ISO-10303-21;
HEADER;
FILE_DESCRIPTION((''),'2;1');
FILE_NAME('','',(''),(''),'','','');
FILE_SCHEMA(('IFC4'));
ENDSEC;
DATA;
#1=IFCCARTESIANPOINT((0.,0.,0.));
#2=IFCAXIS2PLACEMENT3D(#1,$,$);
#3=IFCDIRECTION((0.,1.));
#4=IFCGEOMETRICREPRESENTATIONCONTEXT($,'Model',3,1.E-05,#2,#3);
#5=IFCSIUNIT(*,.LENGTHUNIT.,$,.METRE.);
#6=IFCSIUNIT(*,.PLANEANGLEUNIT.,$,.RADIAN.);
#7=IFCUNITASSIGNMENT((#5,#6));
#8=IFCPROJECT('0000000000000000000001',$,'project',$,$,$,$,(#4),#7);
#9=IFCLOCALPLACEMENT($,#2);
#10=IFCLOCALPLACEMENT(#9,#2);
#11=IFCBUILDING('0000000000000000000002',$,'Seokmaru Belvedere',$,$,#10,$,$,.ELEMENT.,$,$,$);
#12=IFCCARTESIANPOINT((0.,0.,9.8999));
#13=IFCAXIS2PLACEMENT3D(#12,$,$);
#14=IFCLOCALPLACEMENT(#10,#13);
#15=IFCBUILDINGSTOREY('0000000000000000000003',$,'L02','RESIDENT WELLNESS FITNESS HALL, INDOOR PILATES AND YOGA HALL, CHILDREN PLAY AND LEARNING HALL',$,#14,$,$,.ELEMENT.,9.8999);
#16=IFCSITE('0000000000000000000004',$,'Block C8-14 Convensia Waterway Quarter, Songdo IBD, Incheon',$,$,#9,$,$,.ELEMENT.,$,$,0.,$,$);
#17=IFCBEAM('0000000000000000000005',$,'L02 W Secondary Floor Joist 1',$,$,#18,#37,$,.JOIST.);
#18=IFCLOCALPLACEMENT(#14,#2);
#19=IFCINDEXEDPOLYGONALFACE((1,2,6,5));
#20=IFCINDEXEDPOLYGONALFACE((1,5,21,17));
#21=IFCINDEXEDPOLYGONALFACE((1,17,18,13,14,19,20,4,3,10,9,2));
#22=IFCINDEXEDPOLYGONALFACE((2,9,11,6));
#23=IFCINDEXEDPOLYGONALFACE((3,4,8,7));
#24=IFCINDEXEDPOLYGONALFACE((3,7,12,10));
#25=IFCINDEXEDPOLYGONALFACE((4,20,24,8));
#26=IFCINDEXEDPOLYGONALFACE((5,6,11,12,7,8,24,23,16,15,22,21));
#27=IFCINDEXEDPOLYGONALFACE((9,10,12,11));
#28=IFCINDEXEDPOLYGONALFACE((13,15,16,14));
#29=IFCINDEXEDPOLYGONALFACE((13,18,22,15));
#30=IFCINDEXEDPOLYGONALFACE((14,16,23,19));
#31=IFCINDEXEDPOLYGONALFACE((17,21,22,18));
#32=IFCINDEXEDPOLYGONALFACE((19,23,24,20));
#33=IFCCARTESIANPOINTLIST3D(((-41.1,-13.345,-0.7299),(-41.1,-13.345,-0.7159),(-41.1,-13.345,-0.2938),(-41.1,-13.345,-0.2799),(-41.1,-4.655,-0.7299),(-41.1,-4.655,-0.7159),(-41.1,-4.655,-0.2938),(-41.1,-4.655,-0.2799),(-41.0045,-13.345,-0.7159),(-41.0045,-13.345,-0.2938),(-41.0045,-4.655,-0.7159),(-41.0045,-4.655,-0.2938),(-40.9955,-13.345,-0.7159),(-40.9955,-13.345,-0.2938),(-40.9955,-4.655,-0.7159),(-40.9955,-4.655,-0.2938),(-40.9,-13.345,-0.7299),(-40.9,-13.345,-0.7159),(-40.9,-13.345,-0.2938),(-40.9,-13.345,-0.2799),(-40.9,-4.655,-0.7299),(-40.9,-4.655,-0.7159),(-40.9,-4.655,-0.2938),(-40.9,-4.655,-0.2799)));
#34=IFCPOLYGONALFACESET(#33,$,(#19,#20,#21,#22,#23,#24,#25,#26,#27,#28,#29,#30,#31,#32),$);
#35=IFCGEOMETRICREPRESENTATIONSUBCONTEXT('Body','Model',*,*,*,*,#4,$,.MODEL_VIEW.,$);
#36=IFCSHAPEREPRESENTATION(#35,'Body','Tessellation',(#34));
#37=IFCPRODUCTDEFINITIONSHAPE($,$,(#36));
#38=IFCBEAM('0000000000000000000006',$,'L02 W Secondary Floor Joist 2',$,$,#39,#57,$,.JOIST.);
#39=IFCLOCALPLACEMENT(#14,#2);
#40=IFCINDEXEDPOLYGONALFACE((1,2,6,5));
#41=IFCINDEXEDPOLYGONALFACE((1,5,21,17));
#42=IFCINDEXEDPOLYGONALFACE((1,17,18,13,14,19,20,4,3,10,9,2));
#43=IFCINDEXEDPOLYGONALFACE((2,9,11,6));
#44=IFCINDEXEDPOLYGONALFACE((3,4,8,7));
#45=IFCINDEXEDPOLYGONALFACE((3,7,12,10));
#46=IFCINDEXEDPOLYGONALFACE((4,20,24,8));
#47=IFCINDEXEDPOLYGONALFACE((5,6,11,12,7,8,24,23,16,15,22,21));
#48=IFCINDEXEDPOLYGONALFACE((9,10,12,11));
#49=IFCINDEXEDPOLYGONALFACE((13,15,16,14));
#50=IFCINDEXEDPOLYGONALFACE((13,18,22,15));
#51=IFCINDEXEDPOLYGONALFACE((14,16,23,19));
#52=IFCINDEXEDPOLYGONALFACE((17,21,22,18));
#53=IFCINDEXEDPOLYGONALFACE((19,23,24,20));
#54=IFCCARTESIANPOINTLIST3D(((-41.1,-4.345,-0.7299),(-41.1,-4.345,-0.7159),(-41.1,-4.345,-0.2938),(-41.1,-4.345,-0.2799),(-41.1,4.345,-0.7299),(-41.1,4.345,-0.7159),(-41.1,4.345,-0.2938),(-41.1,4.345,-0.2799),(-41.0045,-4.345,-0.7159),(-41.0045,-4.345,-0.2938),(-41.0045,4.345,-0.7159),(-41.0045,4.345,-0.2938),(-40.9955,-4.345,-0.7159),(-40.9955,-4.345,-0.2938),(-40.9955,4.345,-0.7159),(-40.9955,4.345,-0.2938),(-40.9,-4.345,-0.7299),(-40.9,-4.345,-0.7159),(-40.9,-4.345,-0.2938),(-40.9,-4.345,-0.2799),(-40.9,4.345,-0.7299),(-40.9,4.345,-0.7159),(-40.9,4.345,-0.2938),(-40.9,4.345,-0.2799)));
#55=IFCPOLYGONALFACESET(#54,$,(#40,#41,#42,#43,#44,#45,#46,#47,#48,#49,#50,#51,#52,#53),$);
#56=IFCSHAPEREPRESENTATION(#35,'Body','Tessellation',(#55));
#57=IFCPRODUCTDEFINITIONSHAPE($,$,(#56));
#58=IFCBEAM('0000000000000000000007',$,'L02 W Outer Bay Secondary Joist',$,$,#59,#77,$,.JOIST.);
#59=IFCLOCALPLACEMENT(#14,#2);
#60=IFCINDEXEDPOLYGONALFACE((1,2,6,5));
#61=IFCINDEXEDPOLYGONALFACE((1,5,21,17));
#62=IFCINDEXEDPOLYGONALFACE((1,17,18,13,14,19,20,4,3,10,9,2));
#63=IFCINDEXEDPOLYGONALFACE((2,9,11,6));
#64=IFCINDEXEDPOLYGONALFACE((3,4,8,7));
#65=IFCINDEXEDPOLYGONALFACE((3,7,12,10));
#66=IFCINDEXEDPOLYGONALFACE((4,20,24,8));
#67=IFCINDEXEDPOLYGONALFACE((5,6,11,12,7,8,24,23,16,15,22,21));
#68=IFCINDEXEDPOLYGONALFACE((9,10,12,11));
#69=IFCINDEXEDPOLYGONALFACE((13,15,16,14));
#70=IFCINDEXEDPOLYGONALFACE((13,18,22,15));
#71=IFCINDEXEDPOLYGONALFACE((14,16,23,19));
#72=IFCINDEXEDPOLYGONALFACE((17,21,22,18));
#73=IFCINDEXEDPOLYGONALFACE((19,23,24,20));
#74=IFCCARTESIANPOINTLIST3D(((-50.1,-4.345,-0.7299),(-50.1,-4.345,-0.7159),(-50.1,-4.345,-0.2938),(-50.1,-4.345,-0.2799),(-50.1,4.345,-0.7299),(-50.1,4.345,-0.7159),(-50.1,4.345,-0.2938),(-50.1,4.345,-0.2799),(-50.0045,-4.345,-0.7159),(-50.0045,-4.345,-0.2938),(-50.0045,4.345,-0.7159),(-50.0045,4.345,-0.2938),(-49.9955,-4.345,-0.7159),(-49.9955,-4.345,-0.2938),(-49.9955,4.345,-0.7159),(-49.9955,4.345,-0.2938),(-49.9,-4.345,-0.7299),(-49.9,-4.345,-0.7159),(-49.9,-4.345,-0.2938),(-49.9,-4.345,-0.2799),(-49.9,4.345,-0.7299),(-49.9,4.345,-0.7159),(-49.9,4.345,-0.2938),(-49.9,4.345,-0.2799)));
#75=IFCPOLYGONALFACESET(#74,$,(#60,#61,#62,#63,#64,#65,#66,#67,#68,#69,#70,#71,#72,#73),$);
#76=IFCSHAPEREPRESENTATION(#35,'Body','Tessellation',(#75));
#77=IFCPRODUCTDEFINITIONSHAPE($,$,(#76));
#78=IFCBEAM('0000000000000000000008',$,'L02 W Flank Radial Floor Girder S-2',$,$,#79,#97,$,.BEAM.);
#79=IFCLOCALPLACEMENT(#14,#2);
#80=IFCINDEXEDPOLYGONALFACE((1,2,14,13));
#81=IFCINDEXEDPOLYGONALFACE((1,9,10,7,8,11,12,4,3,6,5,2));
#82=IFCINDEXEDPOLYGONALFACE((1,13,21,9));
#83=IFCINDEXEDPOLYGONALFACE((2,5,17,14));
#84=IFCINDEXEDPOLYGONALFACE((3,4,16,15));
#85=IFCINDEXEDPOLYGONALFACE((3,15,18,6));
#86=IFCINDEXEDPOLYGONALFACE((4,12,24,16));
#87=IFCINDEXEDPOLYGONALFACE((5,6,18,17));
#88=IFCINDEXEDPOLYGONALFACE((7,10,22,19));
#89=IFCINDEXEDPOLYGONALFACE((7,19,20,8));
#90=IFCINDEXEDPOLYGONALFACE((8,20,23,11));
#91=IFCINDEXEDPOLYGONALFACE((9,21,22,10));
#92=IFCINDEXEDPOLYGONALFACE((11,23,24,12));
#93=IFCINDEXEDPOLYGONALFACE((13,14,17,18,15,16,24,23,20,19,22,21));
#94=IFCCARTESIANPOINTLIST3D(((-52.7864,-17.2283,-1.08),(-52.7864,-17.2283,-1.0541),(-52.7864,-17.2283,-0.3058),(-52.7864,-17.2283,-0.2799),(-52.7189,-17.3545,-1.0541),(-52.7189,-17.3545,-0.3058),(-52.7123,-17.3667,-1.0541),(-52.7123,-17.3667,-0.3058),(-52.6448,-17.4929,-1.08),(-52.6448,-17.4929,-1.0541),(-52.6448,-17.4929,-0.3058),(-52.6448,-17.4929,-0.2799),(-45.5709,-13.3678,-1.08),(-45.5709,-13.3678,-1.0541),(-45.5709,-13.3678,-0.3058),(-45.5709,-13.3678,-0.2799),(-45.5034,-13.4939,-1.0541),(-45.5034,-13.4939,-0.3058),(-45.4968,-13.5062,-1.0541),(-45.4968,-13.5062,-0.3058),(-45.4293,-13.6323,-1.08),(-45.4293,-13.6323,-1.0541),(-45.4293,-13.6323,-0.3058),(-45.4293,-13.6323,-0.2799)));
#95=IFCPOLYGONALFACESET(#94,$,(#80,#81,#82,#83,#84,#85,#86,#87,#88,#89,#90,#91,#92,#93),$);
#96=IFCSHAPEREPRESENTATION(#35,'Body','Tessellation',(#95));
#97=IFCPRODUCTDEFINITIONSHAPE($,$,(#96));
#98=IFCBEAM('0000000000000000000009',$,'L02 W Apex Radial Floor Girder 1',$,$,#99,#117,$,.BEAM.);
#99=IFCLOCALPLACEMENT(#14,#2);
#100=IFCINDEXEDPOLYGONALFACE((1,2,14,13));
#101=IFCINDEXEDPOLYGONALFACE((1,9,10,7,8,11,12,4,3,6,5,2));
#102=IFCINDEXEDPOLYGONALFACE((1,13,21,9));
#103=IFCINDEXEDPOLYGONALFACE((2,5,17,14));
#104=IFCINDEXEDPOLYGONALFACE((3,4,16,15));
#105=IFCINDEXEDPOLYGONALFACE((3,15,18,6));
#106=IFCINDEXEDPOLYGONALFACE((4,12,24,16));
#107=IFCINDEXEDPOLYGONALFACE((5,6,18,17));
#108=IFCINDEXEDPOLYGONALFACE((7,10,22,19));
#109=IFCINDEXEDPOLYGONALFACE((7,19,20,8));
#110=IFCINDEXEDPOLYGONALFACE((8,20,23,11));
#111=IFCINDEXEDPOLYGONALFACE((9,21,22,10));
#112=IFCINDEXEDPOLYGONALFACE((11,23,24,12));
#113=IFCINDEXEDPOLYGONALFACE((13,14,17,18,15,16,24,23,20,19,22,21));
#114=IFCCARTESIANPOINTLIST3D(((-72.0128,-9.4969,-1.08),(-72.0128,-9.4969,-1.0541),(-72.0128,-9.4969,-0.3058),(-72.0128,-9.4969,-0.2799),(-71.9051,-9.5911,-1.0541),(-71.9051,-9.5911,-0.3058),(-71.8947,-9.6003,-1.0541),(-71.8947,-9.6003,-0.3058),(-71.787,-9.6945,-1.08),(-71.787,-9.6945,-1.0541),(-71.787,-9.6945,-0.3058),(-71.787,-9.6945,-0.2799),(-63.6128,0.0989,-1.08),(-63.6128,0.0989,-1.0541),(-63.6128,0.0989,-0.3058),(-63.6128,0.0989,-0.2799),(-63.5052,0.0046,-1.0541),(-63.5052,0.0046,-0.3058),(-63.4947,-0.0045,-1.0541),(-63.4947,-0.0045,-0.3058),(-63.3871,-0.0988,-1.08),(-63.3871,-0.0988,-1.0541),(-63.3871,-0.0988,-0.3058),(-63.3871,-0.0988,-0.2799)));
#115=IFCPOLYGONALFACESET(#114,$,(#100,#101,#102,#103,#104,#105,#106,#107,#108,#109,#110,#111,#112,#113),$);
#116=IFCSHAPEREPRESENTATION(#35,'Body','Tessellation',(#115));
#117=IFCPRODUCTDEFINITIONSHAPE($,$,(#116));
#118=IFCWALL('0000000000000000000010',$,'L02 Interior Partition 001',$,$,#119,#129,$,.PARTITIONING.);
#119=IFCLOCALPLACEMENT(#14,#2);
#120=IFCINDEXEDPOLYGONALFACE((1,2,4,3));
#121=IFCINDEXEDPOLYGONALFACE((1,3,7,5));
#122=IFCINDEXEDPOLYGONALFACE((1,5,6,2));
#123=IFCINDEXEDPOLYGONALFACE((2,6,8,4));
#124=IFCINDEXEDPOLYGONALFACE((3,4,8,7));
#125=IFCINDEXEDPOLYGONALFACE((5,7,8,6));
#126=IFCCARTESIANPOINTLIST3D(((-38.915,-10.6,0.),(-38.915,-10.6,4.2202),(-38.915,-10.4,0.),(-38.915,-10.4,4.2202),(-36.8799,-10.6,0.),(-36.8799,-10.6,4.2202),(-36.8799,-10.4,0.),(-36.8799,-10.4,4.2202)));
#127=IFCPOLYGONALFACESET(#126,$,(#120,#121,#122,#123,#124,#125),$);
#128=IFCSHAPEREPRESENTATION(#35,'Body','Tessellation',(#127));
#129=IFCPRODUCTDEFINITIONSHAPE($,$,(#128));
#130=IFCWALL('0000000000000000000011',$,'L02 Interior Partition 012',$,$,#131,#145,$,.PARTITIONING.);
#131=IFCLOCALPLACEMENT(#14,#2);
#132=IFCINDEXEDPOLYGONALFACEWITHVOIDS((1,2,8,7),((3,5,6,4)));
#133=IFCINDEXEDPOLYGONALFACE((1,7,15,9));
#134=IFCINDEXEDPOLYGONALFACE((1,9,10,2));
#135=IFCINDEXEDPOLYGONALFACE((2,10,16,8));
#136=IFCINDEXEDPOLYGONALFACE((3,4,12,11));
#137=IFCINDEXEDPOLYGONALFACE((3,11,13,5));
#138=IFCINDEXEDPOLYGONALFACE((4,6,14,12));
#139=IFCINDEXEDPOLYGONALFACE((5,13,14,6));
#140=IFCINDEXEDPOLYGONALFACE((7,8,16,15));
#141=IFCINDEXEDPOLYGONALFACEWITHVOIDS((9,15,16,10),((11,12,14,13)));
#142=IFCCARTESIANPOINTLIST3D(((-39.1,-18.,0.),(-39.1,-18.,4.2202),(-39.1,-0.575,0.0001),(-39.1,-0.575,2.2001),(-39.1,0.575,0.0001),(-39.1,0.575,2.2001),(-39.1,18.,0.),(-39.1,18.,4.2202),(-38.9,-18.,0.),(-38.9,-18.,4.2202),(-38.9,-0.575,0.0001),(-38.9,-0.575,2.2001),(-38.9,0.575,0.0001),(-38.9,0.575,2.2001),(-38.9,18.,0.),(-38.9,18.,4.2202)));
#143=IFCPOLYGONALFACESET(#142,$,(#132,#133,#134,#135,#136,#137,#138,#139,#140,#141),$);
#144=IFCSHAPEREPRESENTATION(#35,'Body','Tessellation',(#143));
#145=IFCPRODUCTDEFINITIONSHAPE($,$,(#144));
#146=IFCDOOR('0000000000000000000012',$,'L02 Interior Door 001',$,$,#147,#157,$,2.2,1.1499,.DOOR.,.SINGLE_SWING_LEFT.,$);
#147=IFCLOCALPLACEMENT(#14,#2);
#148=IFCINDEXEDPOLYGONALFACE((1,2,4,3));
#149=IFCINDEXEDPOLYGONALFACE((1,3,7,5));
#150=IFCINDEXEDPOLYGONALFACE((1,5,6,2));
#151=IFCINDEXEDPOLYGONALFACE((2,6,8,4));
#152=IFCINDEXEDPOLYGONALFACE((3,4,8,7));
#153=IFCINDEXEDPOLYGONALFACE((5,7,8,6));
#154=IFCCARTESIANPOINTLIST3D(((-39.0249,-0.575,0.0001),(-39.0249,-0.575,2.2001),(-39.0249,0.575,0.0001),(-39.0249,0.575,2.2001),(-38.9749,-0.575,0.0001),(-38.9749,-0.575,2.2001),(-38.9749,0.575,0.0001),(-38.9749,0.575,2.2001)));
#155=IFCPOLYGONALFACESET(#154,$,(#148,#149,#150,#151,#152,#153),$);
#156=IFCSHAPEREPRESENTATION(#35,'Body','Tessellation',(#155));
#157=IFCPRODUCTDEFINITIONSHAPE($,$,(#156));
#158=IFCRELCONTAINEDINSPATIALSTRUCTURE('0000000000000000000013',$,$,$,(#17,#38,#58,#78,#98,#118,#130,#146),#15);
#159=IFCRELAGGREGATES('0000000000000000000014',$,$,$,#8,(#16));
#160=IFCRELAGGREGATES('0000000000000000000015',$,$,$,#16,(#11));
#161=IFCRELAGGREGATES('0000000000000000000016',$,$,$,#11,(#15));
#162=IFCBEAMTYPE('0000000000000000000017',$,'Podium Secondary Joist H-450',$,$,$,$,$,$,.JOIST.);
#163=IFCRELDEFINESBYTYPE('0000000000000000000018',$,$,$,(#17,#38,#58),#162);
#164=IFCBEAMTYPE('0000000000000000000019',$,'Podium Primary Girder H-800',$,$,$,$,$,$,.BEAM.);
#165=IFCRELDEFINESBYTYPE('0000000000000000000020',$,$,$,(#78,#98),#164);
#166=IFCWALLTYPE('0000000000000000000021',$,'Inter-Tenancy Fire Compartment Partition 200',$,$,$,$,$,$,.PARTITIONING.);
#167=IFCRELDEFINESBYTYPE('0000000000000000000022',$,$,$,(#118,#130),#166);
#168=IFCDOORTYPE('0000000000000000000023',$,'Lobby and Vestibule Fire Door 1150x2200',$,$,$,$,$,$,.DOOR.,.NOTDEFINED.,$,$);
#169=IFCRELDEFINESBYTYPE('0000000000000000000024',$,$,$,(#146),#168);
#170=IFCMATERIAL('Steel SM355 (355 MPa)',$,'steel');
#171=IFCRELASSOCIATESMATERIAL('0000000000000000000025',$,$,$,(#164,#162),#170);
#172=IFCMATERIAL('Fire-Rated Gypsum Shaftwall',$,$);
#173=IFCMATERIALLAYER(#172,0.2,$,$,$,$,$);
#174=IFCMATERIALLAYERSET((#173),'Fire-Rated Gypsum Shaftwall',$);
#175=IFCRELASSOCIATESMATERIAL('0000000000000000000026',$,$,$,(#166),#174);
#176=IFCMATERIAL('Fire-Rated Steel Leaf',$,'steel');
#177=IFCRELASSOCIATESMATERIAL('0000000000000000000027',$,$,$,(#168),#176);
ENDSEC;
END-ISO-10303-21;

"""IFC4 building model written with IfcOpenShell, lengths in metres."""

from ifc_helpers import new_model, si_unit, direction, frame, frame_2d, origin, origin_2d, place, context, subcontext, project, spatial, rectangle, i_section, extrude, source, transform, mapped, material, layer, layer_set, material_profile, profile_set, type_object, type_shapes, element, fill, save


model = new_model("IFC4")

# Units and contexts
model_context = context("Model", 3, precision=1e-05, world=origin(), true_north=direction((0.0, 1.0)))
body_context = subcontext(model_context, "Body", "Model", "MODEL_VIEW")
ifc_project = project(units=[si_unit("LENGTHUNIT", "METRE"), si_unit("PLANEANGLEUNIT", "RADIAN")], contexts=[model_context])

# Site, building, storey
site_placement = place(None, origin())
site = spatial("IfcSite", under=ifc_project, at=site_placement, Name="Block C8-14 Convensia Waterway Quarter, Songdo IBD, Incheon", CompositionType="ELEMENT", RefElevation=0.0)
building_placement = place(site_placement, origin())
building = spatial("IfcBuilding", under=site, at=building_placement, Name="Seokmaru Belvedere", CompositionType="ELEMENT")
storey_placement = place(building_placement, frame((0.0, 0.0, 9.8999)))
storey = spatial("IfcBuildingStorey", under=building, at=storey_placement, Name="L02", Description="RESIDENT WELLNESS FITNESS HALL, INDOOR PILATES AND YOGA HALL, CHILDREN PLAY AND LEARNING HALL", CompositionType="ELEMENT", Elevation=9.8999)

# Shared definitions
ifc_material_1 = material(Name="Steel SM355 (355 MPa)", Category="steel")

# Beams
ifc_material_profile_1 = material_profile(ifc_material_1, i_section(OverallWidth=0.3, OverallDepth=0.8, WebThickness=0.0139, FlangeThickness=0.0259, at=origin_2d()), Name="H-800x300x14x26")
ifc_profile_set_1 = profile_set([ifc_material_profile_1], Name="Steel SM355 (355 MPa)")
beam_type_1 = type_object("IfcBeamType", Name="Podium Primary Girder H-800", PredefinedType="BEAM", material=ifc_profile_set_1)
ifc_material_profile_2 = material_profile(ifc_material_1, i_section(OverallWidth=0.2, OverallDepth=0.45, WebThickness=0.009, FlangeThickness=0.0139, at=origin_2d()), Name="H-450x200x9x14")
ifc_profile_set_2 = profile_set([ifc_material_profile_2], Name="Steel SM355 (355 MPa)")
beam_type_2 = type_object("IfcBeamType", Name="Podium Secondary Joist H-450", PredefinedType="JOIST", material=ifc_profile_set_2)
shared_shape_1 = source(origin(), body_context, "Body", "SweptSolid", [
    extrude(i_section(OverallWidth=0.2, OverallDepth=0.45, WebThickness=0.009, FlangeThickness=0.0139, at=origin_2d()), origin(), (0.0, 0.0, 1.0), 8.6899),
])
type_shapes(beam_type_2, [shared_shape_1])
for number, where, z_axis, x_axis, name in (
    (1, (-41.0, -13.345, -0.5049), (0.0, 1.0, 0.0), (-1.0, 0.0, 0.0), "L02 W Secondary Floor Joist 1"),
    (2, (-41.0, -4.345, -0.5049), (0.0, 1.0, 0.0), (-1.0, 0.0, 0.0), "L02 W Secondary Floor Joist 2"),
    (3, (-50.0, -4.345, -0.5049), (0.0, 1.0, 0.0), (-1.0, 0.0, 0.0), "L02 W Outer Bay Secondary Joist"),
):
    element("IfcBeam", number, at=place(storey_placement, frame(where, z_axis=z_axis, x_axis=x_axis)), inside=storey, type_object=beam_type_2, Name=name, PredefinedType="JOIST", context=body_context, shape_type="MappedRepresentation", body=[
        mapped(shared_shape_1, transform((0.0, 0.0, 0.0), scale=1.0)),
    ])
shared_shape_2 = source(origin(), body_context, "Body", "SweptSolid", [
    extrude(i_section(OverallWidth=0.3, OverallDepth=0.8, WebThickness=0.0139, FlangeThickness=0.0259, at=origin_2d()), origin(), (0.0, 0.0, 1.0), 8.1833),
])
beam_1_placement = place(storey_placement, frame((-52.7156, -17.3606, -0.6799), z_axis=(0.881729, 0.471757, 0.0), x_axis=(-0.471757, 0.881729, 0.0)))
element("IfcBeam", 4, at=beam_1_placement, inside=storey, type_object=beam_type_1, Name="L02 W Flank Radial Floor Girder S-2", PredefinedType="BEAM", context=body_context, shape_type="MappedRepresentation", body=[
    mapped(shared_shape_2, transform((0.0, 0.0, 0.0), scale=1.0)),
])
shared_shape_3 = source(origin(), body_context, "Body", "SweptSolid", [
    extrude(i_section(OverallWidth=0.3, OverallDepth=0.8, WebThickness=0.0139, FlangeThickness=0.0259, at=origin_2d()), origin(), (0.0, 0.0, 1.0), 12.7529),
])
beam_2_placement = place(storey_placement, frame((-71.8999, -9.5957, -0.6799), z_axis=(0.658667, 0.752434, 0.0), x_axis=(-0.752434, 0.658667, 0.0)))
element("IfcBeam", 5, at=beam_2_placement, inside=storey, type_object=beam_type_1, Name="L02 W Apex Radial Floor Girder 1", PredefinedType="BEAM", context=body_context, shape_type="MappedRepresentation", body=[
    mapped(shared_shape_3, transform((0.0, 0.0, 0.0), scale=1.0)),
])

# Wall
ifc_material_2 = material(Name="Fire-Rated Gypsum Shaftwall")
ifc_layer_1 = layer(ifc_material_2, 0.2)
ifc_layer_set_1 = layer_set([ifc_layer_1], Name="Fire-Rated Gypsum Shaftwall")
wall_type_1 = type_object("IfcWallType", Name="Inter-Tenancy Fire Compartment Partition 200", PredefinedType="PARTITIONING", material=ifc_layer_set_1)
wall_1_placement = place(storey_placement, frame((-38.915, -10.5, 0.0), z_axis=(0.0, 0.0, 1.0), x_axis=(1.0, 0.0, 0.0)))
element("IfcWall", 6, at=wall_1_placement, inside=storey, type_object=wall_type_1, Name="L02 Interior Partition 001", PredefinedType="PARTITIONING", context=body_context, shape_type="SweptSolid", body=[
    extrude(rectangle(XDim=2.0352, YDim=0.2, at=frame_2d((1.0176, 0.0))), origin(), (0.0, 0.0, 1.0), 4.2202),
])

# Wall, opening, door
wall_2_placement = place(storey_placement, frame((-39.0, -18.0, 0.0), z_axis=(0.0, 0.0, 1.0), x_axis=(0.0, 1.0, 0.0)))
wall_2 = element("IfcWall", 7, at=wall_2_placement, inside=storey, type_object=wall_type_1, Name="L02 Interior Partition 012", PredefinedType="PARTITIONING", context=body_context, shape_type="SweptSolid", body=[
    extrude(rectangle(XDim=36.0, YDim=0.2, at=frame_2d((18.0, 0.0))), origin(), (0.0, 0.0, 1.0), 4.2202),
])
opening_1_placement = place(wall_2_placement, frame((17.425, 0.0, 0.0)))
opening_1 = element("IfcOpeningElement", 8, at=opening_1_placement, cuts=wall_2, PredefinedType="OPENING", context=body_context, shape_type="SweptSolid", body=[
    extrude(rectangle(XDim=1.1499, YDim=2.2, at=frame_2d((0.575, 1.1001))), frame((0.0, 0.1099, 0.0), z_axis=(0.0, -1.0, 0.0), x_axis=(1.0, 0.0, 0.0)), (0.0, 0.0, 1.0), 0.22),
])
ifc_material_3 = material(Name="Fire-Rated Steel Leaf", Category="steel")
door_type = type_object("IfcDoorType", Name="Lobby and Vestibule Fire Door 1150x2200", OperationType="NOTDEFINED", PredefinedType="DOOR", material=ifc_material_3)
shared_shape_4 = source(origin(), body_context, "Body", "SweptSolid", [
    extrude(rectangle(XDim=1.1499, YDim=2.2, at=frame_2d((0.575, 1.1001))), frame((0.0, 0.0249, 0.0), z_axis=(0.0, -1.0, 0.0), x_axis=(1.0, 0.0, 0.0)), (0.0, 0.0, 1.0), 0.05),
])
type_shapes(door_type, [shared_shape_4])
door_1_placement = place(opening_1_placement, origin())
door_1 = element("IfcDoor", 9, at=door_1_placement, inside=storey, type_object=door_type, Name="L02 Interior Door 001", OperationType="SINGLE_SWING_LEFT", OverallHeight=2.2, OverallWidth=1.1499, PredefinedType="DOOR", context=body_context, shape_type="MappedRepresentation", body=[
    mapped(shared_shape_4, transform((0.0, 0.0, 0.0), scale=1.0)),
])
fill(opening_1, door_1)

save(model, "model.ifc")
